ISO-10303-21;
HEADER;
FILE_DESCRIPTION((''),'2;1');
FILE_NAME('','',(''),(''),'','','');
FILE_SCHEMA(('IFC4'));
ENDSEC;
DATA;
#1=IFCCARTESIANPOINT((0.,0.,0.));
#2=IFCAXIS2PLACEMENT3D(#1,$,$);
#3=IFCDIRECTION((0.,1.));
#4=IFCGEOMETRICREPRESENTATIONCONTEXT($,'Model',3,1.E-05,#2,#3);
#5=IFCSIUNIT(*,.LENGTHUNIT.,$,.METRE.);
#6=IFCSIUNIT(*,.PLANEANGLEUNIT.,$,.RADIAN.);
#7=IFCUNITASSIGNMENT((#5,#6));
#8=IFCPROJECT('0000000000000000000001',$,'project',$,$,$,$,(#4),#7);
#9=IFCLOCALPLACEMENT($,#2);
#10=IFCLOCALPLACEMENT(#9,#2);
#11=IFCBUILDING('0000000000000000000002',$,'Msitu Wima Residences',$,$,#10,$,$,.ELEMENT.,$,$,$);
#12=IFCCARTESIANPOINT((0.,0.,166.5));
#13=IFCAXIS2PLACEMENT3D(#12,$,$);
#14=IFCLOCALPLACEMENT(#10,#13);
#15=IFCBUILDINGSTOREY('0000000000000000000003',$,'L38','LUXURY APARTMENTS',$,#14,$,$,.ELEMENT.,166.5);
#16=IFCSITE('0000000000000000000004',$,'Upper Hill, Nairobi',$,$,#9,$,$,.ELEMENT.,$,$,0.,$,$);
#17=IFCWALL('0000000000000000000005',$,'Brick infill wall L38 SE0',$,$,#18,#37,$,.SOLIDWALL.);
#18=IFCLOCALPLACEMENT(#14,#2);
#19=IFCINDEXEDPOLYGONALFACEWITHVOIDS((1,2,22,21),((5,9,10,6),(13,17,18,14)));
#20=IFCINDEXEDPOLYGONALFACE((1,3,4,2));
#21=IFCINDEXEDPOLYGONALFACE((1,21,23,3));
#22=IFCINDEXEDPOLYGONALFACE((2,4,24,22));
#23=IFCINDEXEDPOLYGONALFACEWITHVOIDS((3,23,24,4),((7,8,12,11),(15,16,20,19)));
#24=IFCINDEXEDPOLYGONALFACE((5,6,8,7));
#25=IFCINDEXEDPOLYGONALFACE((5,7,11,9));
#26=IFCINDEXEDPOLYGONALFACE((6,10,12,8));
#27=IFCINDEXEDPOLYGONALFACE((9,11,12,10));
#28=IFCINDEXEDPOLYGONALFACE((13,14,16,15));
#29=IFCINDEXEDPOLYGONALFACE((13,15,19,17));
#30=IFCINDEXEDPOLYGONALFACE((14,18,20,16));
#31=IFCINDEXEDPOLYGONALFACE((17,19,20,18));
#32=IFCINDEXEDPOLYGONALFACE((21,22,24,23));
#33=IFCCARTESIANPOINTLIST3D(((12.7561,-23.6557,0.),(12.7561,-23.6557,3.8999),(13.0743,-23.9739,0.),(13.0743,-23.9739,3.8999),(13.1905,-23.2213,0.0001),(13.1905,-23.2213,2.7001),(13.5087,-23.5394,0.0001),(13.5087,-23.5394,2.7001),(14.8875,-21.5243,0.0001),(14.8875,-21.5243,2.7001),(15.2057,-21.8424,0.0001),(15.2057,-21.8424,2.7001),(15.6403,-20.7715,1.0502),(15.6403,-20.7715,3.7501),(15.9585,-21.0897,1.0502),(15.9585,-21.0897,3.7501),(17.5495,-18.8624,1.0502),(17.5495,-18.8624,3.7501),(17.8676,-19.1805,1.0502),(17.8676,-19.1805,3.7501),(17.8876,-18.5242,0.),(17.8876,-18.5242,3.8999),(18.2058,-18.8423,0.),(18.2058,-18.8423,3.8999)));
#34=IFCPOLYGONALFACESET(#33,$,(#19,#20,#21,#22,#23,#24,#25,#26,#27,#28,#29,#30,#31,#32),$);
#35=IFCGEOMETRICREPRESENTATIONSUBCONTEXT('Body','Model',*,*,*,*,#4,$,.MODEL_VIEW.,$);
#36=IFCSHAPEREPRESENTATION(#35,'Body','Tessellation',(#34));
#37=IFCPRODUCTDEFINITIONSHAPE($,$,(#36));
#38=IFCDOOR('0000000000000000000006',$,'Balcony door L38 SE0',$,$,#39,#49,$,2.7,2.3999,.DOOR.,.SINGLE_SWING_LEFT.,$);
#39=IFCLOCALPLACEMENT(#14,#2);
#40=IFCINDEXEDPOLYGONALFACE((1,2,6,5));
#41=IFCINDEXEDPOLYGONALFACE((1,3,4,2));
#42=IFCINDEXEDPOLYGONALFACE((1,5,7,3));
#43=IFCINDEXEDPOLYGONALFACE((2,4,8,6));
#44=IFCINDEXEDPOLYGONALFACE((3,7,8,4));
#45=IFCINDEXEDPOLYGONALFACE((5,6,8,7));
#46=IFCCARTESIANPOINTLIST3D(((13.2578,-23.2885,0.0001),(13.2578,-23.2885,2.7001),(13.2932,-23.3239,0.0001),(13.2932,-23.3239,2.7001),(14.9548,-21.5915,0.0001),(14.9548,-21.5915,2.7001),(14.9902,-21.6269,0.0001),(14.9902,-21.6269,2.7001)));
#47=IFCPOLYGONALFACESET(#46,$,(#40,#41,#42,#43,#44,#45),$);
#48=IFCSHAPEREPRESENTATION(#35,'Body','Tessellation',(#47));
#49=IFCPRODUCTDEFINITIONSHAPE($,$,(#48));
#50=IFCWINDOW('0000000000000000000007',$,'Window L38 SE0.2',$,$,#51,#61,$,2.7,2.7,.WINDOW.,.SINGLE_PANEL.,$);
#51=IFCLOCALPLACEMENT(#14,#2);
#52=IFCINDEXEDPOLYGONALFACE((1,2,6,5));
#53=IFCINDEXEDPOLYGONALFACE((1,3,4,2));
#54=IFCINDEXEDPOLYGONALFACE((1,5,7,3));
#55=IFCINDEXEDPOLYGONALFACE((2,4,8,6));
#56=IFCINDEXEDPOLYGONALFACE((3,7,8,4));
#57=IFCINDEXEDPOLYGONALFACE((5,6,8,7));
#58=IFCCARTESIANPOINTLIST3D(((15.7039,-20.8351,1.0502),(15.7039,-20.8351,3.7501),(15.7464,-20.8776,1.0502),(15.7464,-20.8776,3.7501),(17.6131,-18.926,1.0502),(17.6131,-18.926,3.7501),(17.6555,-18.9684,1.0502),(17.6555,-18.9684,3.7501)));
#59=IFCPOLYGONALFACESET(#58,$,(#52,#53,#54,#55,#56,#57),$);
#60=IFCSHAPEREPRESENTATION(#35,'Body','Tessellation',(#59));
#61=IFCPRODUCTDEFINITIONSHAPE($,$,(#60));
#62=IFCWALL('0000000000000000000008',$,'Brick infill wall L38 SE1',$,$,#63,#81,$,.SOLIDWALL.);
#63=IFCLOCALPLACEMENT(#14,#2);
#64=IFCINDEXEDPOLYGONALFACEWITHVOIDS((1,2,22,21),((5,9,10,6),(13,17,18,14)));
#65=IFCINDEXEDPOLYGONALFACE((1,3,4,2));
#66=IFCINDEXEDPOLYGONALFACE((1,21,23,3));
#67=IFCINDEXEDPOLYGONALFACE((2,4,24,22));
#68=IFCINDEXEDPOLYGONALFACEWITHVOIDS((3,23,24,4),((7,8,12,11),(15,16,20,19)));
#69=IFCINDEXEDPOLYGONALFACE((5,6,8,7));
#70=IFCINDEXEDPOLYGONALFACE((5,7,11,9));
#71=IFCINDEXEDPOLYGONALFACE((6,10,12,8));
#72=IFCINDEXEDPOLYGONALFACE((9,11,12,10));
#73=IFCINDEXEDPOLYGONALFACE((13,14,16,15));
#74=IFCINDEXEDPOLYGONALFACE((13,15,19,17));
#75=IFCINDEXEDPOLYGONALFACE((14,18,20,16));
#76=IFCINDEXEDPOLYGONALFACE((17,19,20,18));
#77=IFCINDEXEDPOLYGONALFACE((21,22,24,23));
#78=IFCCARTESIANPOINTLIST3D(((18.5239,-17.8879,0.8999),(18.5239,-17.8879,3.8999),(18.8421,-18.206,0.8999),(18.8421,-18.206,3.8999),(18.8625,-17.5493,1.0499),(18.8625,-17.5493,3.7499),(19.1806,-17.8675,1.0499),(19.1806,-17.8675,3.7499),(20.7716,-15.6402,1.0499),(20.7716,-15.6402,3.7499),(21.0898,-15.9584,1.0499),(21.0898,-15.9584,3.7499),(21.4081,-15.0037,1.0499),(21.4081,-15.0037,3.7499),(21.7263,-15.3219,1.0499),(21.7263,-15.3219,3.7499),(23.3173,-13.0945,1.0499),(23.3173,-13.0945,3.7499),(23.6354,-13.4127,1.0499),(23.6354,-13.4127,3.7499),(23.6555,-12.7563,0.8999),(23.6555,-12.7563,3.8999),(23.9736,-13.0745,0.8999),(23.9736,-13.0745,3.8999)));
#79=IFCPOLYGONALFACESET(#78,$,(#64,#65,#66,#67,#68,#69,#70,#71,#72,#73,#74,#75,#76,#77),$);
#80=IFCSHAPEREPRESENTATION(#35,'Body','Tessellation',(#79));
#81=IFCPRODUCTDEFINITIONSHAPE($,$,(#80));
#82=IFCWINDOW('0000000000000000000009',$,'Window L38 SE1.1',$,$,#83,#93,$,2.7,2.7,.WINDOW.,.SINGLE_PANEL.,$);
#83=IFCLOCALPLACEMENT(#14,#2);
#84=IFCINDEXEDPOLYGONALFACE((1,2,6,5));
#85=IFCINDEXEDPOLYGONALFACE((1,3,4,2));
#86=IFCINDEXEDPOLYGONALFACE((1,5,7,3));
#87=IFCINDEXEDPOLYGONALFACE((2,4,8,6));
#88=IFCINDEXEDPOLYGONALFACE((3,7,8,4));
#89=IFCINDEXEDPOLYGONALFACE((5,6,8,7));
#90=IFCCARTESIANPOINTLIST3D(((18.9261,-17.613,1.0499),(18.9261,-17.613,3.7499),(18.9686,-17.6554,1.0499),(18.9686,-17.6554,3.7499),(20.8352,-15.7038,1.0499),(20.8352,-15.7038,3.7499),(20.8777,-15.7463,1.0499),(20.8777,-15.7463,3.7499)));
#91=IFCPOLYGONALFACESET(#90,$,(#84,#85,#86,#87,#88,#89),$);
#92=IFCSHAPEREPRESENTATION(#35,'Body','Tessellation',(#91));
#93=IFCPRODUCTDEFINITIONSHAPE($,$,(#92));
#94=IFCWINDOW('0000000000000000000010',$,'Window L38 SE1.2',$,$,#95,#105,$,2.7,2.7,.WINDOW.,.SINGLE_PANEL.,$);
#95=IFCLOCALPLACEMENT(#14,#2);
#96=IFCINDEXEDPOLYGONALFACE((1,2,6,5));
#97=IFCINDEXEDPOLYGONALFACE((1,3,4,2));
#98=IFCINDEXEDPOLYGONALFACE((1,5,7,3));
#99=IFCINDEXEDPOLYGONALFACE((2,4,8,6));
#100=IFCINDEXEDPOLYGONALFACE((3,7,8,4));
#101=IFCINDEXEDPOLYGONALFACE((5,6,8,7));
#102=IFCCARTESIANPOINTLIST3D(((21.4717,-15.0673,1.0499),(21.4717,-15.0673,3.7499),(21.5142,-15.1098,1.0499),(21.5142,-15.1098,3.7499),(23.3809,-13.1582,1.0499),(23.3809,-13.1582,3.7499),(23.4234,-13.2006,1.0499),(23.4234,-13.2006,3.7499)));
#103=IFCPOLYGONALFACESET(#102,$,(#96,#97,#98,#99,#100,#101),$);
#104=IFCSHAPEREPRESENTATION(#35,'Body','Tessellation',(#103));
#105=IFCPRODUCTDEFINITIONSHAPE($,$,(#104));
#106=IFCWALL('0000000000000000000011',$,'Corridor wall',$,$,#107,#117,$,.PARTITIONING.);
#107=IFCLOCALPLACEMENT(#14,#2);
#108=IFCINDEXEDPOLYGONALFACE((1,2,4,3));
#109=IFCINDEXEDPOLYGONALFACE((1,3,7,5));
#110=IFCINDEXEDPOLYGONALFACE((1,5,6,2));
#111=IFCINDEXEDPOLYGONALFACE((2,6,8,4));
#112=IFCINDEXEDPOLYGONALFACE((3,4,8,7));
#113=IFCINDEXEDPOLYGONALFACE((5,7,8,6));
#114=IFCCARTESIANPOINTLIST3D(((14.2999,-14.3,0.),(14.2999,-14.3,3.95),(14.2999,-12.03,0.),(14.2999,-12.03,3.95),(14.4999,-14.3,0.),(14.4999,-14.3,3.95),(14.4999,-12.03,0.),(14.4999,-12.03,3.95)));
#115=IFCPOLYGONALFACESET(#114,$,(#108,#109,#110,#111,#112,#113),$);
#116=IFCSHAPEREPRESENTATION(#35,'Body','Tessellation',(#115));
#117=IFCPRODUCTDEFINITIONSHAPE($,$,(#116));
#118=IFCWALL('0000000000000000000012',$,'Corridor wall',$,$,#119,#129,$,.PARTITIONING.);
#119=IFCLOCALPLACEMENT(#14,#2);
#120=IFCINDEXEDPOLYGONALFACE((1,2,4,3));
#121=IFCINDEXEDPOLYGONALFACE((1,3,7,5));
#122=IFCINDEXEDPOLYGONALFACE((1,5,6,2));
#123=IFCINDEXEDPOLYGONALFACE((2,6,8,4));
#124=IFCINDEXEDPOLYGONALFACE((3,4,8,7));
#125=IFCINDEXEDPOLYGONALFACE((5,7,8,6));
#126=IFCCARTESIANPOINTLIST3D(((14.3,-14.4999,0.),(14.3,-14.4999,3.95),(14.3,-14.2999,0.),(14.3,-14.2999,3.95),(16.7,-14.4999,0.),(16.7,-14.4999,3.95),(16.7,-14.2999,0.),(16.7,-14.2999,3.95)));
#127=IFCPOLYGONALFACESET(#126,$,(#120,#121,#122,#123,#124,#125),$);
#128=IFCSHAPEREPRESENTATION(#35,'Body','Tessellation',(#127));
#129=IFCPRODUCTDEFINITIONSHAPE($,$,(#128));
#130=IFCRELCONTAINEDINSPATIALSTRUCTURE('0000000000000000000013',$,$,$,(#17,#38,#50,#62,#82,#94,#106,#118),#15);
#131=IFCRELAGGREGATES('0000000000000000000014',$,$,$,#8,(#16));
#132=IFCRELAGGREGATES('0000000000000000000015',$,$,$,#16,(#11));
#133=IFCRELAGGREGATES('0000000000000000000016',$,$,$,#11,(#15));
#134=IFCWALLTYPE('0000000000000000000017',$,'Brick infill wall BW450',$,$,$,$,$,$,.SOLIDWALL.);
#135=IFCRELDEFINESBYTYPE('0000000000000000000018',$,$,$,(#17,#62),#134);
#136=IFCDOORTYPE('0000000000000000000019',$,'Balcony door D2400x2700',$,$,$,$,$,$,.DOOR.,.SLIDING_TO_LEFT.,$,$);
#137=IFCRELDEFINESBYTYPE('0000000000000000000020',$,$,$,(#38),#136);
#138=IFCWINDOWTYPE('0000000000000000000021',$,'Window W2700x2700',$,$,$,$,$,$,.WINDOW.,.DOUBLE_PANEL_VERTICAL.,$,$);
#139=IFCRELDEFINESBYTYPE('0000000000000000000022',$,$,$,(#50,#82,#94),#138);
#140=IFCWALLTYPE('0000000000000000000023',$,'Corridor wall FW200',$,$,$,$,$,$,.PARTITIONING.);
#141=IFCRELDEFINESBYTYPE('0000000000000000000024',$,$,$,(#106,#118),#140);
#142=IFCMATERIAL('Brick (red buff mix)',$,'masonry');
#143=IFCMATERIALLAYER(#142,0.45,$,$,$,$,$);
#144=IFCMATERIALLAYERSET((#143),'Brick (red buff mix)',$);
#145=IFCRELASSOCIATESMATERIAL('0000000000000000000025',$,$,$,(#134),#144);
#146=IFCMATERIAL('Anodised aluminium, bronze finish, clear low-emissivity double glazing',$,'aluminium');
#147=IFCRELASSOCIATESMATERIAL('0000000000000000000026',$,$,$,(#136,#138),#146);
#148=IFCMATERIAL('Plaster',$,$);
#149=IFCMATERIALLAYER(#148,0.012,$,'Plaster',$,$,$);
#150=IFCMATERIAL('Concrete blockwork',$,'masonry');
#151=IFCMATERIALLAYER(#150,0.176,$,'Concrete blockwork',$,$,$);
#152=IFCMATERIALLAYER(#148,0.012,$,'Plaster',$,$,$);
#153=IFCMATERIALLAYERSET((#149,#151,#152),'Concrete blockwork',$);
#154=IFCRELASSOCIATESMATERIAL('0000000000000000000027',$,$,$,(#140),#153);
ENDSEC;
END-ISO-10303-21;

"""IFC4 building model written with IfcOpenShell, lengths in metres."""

from ifc_helpers import new_model, si_unit, direction, frame, frame_2d, origin, place, context, subcontext, project, spatial, rectangle, extrude, material, layer, layer_set, type_object, element, fill, save


model = new_model("IFC4")

# Units and contexts
model_context = context("Model", 3, precision=1e-05, world=origin(), true_north=direction((0.0, 1.0)))
body_context = subcontext(model_context, "Body", "Model", "MODEL_VIEW")
ifc_project = project(units=[si_unit("LENGTHUNIT", "METRE"), si_unit("PLANEANGLEUNIT", "RADIAN")], contexts=[model_context])

# Site, building, storey
site_placement = place(None, origin())
site = spatial("IfcSite", under=ifc_project, at=site_placement, Name="Upper Hill, Nairobi", CompositionType="ELEMENT", RefElevation=0.0)
building_placement = place(site_placement, origin())
building = spatial("IfcBuilding", under=site, at=building_placement, Name="Msitu Wima Residences", CompositionType="ELEMENT")
storey_placement = place(building_placement, frame((0.0, 0.0, 166.5)))
storey = spatial("IfcBuildingStorey", under=building, at=storey_placement, Name="L38", Description="LUXURY APARTMENTS", CompositionType="ELEMENT", Elevation=166.5)

# Wall, openings, door, window
ifc_material_1 = material(Name="Brick (red buff mix)", Category="masonry")
ifc_layer_1 = layer(ifc_material_1, 0.45)
ifc_layer_set_1 = layer_set([ifc_layer_1], Name="Brick (red buff mix)")
wall_type_1 = type_object("IfcWallType", Name="Brick infill wall BW450", PredefinedType="SOLIDWALL", material=ifc_layer_set_1)
wall_1_placement = place(storey_placement, frame((12.9153, -23.8147, 0.0), z_axis=(0.0, 0.0, 1.0), x_axis=(0.707107, 0.707107, 0.0)))
wall_1 = element("IfcWall", 1, at=wall_1_placement, inside=storey, type_object=wall_type_1, Name="Brick infill wall L38 SE0", PredefinedType="SOLIDWALL", context=body_context, shape_type="SweptSolid", body=[
    extrude(rectangle(XDim=7.2571, YDim=0.45, at=frame_2d((3.6284, 0.0))), origin(), (0.0, 0.0, 1.0), 3.8999),
])
opening_1_placement = place(wall_1_placement, frame((0.6143, 0.0, 0.0)))
opening_1 = element("IfcOpeningElement", 2, at=opening_1_placement, cuts=wall_1, PredefinedType="OPENING", context=body_context, shape_type="SweptSolid", body=[
    extrude(rectangle(XDim=2.3999, YDim=2.7, at=frame_2d((1.2, 1.3501))), frame((0.0, 0.2349, 0.0), z_axis=(0.0, -1.0, 0.0), x_axis=(1.0, 0.0, 0.0)), (0.0, 0.0, 1.0), 0.47),
])
opening_2_placement = place(wall_1_placement, frame((4.0786, 0.0, 1.05)))
opening_2 = element("IfcOpeningElement", 3, at=opening_2_placement, cuts=wall_1, PredefinedType="OPENING", context=body_context, shape_type="SweptSolid", body=[
    extrude(rectangle(XDim=2.7, YDim=2.7, at=frame_2d((1.3501, 1.3501))), frame((0.0, 0.2349, 0.0), z_axis=(0.0, -1.0, 0.0), x_axis=(1.0, 0.0, 0.0)), (0.0, 0.0, 1.0), 0.47),
])
ifc_material_2 = material(Name="Anodised aluminium, bronze finish, clear low-emissivity double glazing", Category="aluminium")
door_type_1 = type_object("IfcDoorType", Name="Balcony door D2400x2700", OperationType="SLIDING_TO_LEFT", PredefinedType="DOOR", material=ifc_material_2)
door_1_placement = place(opening_1_placement, origin())
door_1 = element("IfcDoor", 4, at=door_1_placement, inside=storey, type_object=door_type_1, Name="Balcony door L38 SE0", OperationType="SINGLE_SWING_LEFT", OverallHeight=2.7, OverallWidth=2.3999, PredefinedType="DOOR", context=body_context, shape_type="SweptSolid", body=[
    extrude(rectangle(XDim=2.3999, YDim=2.7, at=frame_2d((1.2, 1.3501))), frame((0.0, 0.1299, 0.0), z_axis=(0.0, -1.0, 0.0), x_axis=(1.0, 0.0, 0.0)), (0.0, 0.0, 1.0), 0.05),
])
fill(opening_1, door_1)
window_type = type_object("IfcWindowType", Name="Window W2700x2700", PartitioningType="DOUBLE_PANEL_VERTICAL", PredefinedType="WINDOW", material=ifc_material_2)
window_1_placement = place(opening_2_placement, origin())
window_1 = element("IfcWindow", 5, at=window_1_placement, inside=storey, type_object=window_type, Name="Window L38 SE0.2", OverallHeight=2.7, OverallWidth=2.7, PartitioningType="SINGLE_PANEL", PredefinedType="WINDOW", context=body_context, shape_type="SweptSolid", body=[
    extrude(rectangle(XDim=2.7, YDim=2.7, at=frame_2d((1.3501, 1.3501))), frame((0.0, 0.135, 0.0), z_axis=(0.0, -1.0, 0.0), x_axis=(1.0, 0.0, 0.0)), (0.0, 0.0, 1.0), 0.0601),
])
fill(opening_2, window_1)

# Wall, openings, windows
wall_2_placement = place(storey_placement, frame((18.6831, -18.0469, 0.8999), z_axis=(0.0, 0.0, 1.0), x_axis=(0.707107, 0.707107, 0.0)))
wall_2 = element("IfcWall", 6, at=wall_2_placement, inside=storey, type_object=wall_type_1, Name="Brick infill wall L38 SE1", PredefinedType="SOLIDWALL", context=body_context, shape_type="SweptSolid", body=[
    extrude(rectangle(XDim=7.2571, YDim=0.45, at=frame_2d((3.6284, 0.0))), origin(), (0.0, 0.0, 1.0), 3.0),
])
opening_3_placement = place(wall_2_placement, frame((0.4785, 0.0, 0.1499)))
opening_3 = element("IfcOpeningElement", 7, at=opening_3_placement, cuts=wall_2, PredefinedType="OPENING", context=body_context, shape_type="SweptSolid", body=[
    extrude(rectangle(XDim=2.7, YDim=2.7, at=frame_2d((1.3501, 1.3501))), frame((0.0, 0.2349, 0.0), z_axis=(0.0, -1.0, 0.0), x_axis=(1.0, 0.0, 0.0)), (0.0, 0.0, 1.0), 0.47),
])
opening_4_placement = place(wall_2_placement, frame((4.0786, 0.0, 0.1499)))
opening_4 = element("IfcOpeningElement", 8, at=opening_4_placement, cuts=wall_2, PredefinedType="OPENING", context=body_context, shape_type="SweptSolid", body=[
    extrude(rectangle(XDim=2.7, YDim=2.7, at=frame_2d((1.3501, 1.3501))), frame((0.0, 0.2349, 0.0), z_axis=(0.0, -1.0, 0.0), x_axis=(1.0, 0.0, 0.0)), (0.0, 0.0, 1.0), 0.47),
])
window_2_placement = place(opening_3_placement, origin())
window_2 = element("IfcWindow", 9, at=window_2_placement, inside=storey, type_object=window_type, Name="Window L38 SE1.1", OverallHeight=2.7, OverallWidth=2.7, PartitioningType="SINGLE_PANEL", PredefinedType="WINDOW", context=body_context, shape_type="SweptSolid", body=[
    extrude(rectangle(XDim=2.7, YDim=2.7, at=frame_2d((1.3501, 1.3501))), frame((0.0, 0.135, 0.0), z_axis=(0.0, -1.0, 0.0), x_axis=(1.0, 0.0, 0.0)), (0.0, 0.0, 1.0), 0.0601),
])
fill(opening_3, window_2)
window_3_placement = place(opening_4_placement, origin())
window_3 = element("IfcWindow", 10, at=window_3_placement, inside=storey, type_object=window_type, Name="Window L38 SE1.2", OverallHeight=2.7, OverallWidth=2.7, PartitioningType="SINGLE_PANEL", PredefinedType="WINDOW", context=body_context, shape_type="SweptSolid", body=[
    extrude(rectangle(XDim=2.7, YDim=2.7, at=frame_2d((1.3501, 1.3501))), frame((0.0, 0.135, 0.0), z_axis=(0.0, -1.0, 0.0), x_axis=(1.0, 0.0, 0.0)), (0.0, 0.0, 1.0), 0.0601),
])
fill(opening_4, window_3)

# Walls
ifc_material_3 = material(Name="Plaster")
ifc_layer_2 = layer(ifc_material_3, 0.012, Name="Plaster")
ifc_material_4 = material(Name="Concrete blockwork", Category="masonry")
ifc_layer_3 = layer(ifc_material_4, 0.176, Name="Concrete blockwork")
ifc_layer_4 = layer(ifc_material_3, 0.012, Name="Plaster")
ifc_layer_set_2 = layer_set([ifc_layer_2, ifc_layer_3, ifc_layer_4], Name="Concrete blockwork")
wall_type_2 = type_object("IfcWallType", Name="Corridor wall FW200", PredefinedType="PARTITIONING", material=ifc_layer_set_2)
wall_3_placement = place(storey_placement, frame((14.3999, -14.3, 0.0), z_axis=(0.0, 0.0, 1.0), x_axis=(0.0, 1.0, 0.0)))
element("IfcWall", 11, at=wall_3_placement, inside=storey, type_object=wall_type_2, Name="Corridor wall", PredefinedType="PARTITIONING", context=body_context, shape_type="SweptSolid", body=[
    extrude(rectangle(XDim=2.27, YDim=0.2, at=frame_2d((1.135, 0.0))), origin(), (0.0, 0.0, 1.0), 3.95),
])
wall_4_placement = place(storey_placement, frame((14.3, -14.3999, 0.0), z_axis=(0.0, 0.0, 1.0), x_axis=(1.0, 0.0, 0.0)))
element("IfcWall", 12, at=wall_4_placement, inside=storey, type_object=wall_type_2, Name="Corridor wall", PredefinedType="PARTITIONING", context=body_context, shape_type="SweptSolid", body=[
    extrude(rectangle(XDim=2.3999, YDim=0.2, at=frame_2d((1.2, 0.0))), origin(), (0.0, 0.0, 1.0), 3.95),
])

save(model, "model.ifc")
